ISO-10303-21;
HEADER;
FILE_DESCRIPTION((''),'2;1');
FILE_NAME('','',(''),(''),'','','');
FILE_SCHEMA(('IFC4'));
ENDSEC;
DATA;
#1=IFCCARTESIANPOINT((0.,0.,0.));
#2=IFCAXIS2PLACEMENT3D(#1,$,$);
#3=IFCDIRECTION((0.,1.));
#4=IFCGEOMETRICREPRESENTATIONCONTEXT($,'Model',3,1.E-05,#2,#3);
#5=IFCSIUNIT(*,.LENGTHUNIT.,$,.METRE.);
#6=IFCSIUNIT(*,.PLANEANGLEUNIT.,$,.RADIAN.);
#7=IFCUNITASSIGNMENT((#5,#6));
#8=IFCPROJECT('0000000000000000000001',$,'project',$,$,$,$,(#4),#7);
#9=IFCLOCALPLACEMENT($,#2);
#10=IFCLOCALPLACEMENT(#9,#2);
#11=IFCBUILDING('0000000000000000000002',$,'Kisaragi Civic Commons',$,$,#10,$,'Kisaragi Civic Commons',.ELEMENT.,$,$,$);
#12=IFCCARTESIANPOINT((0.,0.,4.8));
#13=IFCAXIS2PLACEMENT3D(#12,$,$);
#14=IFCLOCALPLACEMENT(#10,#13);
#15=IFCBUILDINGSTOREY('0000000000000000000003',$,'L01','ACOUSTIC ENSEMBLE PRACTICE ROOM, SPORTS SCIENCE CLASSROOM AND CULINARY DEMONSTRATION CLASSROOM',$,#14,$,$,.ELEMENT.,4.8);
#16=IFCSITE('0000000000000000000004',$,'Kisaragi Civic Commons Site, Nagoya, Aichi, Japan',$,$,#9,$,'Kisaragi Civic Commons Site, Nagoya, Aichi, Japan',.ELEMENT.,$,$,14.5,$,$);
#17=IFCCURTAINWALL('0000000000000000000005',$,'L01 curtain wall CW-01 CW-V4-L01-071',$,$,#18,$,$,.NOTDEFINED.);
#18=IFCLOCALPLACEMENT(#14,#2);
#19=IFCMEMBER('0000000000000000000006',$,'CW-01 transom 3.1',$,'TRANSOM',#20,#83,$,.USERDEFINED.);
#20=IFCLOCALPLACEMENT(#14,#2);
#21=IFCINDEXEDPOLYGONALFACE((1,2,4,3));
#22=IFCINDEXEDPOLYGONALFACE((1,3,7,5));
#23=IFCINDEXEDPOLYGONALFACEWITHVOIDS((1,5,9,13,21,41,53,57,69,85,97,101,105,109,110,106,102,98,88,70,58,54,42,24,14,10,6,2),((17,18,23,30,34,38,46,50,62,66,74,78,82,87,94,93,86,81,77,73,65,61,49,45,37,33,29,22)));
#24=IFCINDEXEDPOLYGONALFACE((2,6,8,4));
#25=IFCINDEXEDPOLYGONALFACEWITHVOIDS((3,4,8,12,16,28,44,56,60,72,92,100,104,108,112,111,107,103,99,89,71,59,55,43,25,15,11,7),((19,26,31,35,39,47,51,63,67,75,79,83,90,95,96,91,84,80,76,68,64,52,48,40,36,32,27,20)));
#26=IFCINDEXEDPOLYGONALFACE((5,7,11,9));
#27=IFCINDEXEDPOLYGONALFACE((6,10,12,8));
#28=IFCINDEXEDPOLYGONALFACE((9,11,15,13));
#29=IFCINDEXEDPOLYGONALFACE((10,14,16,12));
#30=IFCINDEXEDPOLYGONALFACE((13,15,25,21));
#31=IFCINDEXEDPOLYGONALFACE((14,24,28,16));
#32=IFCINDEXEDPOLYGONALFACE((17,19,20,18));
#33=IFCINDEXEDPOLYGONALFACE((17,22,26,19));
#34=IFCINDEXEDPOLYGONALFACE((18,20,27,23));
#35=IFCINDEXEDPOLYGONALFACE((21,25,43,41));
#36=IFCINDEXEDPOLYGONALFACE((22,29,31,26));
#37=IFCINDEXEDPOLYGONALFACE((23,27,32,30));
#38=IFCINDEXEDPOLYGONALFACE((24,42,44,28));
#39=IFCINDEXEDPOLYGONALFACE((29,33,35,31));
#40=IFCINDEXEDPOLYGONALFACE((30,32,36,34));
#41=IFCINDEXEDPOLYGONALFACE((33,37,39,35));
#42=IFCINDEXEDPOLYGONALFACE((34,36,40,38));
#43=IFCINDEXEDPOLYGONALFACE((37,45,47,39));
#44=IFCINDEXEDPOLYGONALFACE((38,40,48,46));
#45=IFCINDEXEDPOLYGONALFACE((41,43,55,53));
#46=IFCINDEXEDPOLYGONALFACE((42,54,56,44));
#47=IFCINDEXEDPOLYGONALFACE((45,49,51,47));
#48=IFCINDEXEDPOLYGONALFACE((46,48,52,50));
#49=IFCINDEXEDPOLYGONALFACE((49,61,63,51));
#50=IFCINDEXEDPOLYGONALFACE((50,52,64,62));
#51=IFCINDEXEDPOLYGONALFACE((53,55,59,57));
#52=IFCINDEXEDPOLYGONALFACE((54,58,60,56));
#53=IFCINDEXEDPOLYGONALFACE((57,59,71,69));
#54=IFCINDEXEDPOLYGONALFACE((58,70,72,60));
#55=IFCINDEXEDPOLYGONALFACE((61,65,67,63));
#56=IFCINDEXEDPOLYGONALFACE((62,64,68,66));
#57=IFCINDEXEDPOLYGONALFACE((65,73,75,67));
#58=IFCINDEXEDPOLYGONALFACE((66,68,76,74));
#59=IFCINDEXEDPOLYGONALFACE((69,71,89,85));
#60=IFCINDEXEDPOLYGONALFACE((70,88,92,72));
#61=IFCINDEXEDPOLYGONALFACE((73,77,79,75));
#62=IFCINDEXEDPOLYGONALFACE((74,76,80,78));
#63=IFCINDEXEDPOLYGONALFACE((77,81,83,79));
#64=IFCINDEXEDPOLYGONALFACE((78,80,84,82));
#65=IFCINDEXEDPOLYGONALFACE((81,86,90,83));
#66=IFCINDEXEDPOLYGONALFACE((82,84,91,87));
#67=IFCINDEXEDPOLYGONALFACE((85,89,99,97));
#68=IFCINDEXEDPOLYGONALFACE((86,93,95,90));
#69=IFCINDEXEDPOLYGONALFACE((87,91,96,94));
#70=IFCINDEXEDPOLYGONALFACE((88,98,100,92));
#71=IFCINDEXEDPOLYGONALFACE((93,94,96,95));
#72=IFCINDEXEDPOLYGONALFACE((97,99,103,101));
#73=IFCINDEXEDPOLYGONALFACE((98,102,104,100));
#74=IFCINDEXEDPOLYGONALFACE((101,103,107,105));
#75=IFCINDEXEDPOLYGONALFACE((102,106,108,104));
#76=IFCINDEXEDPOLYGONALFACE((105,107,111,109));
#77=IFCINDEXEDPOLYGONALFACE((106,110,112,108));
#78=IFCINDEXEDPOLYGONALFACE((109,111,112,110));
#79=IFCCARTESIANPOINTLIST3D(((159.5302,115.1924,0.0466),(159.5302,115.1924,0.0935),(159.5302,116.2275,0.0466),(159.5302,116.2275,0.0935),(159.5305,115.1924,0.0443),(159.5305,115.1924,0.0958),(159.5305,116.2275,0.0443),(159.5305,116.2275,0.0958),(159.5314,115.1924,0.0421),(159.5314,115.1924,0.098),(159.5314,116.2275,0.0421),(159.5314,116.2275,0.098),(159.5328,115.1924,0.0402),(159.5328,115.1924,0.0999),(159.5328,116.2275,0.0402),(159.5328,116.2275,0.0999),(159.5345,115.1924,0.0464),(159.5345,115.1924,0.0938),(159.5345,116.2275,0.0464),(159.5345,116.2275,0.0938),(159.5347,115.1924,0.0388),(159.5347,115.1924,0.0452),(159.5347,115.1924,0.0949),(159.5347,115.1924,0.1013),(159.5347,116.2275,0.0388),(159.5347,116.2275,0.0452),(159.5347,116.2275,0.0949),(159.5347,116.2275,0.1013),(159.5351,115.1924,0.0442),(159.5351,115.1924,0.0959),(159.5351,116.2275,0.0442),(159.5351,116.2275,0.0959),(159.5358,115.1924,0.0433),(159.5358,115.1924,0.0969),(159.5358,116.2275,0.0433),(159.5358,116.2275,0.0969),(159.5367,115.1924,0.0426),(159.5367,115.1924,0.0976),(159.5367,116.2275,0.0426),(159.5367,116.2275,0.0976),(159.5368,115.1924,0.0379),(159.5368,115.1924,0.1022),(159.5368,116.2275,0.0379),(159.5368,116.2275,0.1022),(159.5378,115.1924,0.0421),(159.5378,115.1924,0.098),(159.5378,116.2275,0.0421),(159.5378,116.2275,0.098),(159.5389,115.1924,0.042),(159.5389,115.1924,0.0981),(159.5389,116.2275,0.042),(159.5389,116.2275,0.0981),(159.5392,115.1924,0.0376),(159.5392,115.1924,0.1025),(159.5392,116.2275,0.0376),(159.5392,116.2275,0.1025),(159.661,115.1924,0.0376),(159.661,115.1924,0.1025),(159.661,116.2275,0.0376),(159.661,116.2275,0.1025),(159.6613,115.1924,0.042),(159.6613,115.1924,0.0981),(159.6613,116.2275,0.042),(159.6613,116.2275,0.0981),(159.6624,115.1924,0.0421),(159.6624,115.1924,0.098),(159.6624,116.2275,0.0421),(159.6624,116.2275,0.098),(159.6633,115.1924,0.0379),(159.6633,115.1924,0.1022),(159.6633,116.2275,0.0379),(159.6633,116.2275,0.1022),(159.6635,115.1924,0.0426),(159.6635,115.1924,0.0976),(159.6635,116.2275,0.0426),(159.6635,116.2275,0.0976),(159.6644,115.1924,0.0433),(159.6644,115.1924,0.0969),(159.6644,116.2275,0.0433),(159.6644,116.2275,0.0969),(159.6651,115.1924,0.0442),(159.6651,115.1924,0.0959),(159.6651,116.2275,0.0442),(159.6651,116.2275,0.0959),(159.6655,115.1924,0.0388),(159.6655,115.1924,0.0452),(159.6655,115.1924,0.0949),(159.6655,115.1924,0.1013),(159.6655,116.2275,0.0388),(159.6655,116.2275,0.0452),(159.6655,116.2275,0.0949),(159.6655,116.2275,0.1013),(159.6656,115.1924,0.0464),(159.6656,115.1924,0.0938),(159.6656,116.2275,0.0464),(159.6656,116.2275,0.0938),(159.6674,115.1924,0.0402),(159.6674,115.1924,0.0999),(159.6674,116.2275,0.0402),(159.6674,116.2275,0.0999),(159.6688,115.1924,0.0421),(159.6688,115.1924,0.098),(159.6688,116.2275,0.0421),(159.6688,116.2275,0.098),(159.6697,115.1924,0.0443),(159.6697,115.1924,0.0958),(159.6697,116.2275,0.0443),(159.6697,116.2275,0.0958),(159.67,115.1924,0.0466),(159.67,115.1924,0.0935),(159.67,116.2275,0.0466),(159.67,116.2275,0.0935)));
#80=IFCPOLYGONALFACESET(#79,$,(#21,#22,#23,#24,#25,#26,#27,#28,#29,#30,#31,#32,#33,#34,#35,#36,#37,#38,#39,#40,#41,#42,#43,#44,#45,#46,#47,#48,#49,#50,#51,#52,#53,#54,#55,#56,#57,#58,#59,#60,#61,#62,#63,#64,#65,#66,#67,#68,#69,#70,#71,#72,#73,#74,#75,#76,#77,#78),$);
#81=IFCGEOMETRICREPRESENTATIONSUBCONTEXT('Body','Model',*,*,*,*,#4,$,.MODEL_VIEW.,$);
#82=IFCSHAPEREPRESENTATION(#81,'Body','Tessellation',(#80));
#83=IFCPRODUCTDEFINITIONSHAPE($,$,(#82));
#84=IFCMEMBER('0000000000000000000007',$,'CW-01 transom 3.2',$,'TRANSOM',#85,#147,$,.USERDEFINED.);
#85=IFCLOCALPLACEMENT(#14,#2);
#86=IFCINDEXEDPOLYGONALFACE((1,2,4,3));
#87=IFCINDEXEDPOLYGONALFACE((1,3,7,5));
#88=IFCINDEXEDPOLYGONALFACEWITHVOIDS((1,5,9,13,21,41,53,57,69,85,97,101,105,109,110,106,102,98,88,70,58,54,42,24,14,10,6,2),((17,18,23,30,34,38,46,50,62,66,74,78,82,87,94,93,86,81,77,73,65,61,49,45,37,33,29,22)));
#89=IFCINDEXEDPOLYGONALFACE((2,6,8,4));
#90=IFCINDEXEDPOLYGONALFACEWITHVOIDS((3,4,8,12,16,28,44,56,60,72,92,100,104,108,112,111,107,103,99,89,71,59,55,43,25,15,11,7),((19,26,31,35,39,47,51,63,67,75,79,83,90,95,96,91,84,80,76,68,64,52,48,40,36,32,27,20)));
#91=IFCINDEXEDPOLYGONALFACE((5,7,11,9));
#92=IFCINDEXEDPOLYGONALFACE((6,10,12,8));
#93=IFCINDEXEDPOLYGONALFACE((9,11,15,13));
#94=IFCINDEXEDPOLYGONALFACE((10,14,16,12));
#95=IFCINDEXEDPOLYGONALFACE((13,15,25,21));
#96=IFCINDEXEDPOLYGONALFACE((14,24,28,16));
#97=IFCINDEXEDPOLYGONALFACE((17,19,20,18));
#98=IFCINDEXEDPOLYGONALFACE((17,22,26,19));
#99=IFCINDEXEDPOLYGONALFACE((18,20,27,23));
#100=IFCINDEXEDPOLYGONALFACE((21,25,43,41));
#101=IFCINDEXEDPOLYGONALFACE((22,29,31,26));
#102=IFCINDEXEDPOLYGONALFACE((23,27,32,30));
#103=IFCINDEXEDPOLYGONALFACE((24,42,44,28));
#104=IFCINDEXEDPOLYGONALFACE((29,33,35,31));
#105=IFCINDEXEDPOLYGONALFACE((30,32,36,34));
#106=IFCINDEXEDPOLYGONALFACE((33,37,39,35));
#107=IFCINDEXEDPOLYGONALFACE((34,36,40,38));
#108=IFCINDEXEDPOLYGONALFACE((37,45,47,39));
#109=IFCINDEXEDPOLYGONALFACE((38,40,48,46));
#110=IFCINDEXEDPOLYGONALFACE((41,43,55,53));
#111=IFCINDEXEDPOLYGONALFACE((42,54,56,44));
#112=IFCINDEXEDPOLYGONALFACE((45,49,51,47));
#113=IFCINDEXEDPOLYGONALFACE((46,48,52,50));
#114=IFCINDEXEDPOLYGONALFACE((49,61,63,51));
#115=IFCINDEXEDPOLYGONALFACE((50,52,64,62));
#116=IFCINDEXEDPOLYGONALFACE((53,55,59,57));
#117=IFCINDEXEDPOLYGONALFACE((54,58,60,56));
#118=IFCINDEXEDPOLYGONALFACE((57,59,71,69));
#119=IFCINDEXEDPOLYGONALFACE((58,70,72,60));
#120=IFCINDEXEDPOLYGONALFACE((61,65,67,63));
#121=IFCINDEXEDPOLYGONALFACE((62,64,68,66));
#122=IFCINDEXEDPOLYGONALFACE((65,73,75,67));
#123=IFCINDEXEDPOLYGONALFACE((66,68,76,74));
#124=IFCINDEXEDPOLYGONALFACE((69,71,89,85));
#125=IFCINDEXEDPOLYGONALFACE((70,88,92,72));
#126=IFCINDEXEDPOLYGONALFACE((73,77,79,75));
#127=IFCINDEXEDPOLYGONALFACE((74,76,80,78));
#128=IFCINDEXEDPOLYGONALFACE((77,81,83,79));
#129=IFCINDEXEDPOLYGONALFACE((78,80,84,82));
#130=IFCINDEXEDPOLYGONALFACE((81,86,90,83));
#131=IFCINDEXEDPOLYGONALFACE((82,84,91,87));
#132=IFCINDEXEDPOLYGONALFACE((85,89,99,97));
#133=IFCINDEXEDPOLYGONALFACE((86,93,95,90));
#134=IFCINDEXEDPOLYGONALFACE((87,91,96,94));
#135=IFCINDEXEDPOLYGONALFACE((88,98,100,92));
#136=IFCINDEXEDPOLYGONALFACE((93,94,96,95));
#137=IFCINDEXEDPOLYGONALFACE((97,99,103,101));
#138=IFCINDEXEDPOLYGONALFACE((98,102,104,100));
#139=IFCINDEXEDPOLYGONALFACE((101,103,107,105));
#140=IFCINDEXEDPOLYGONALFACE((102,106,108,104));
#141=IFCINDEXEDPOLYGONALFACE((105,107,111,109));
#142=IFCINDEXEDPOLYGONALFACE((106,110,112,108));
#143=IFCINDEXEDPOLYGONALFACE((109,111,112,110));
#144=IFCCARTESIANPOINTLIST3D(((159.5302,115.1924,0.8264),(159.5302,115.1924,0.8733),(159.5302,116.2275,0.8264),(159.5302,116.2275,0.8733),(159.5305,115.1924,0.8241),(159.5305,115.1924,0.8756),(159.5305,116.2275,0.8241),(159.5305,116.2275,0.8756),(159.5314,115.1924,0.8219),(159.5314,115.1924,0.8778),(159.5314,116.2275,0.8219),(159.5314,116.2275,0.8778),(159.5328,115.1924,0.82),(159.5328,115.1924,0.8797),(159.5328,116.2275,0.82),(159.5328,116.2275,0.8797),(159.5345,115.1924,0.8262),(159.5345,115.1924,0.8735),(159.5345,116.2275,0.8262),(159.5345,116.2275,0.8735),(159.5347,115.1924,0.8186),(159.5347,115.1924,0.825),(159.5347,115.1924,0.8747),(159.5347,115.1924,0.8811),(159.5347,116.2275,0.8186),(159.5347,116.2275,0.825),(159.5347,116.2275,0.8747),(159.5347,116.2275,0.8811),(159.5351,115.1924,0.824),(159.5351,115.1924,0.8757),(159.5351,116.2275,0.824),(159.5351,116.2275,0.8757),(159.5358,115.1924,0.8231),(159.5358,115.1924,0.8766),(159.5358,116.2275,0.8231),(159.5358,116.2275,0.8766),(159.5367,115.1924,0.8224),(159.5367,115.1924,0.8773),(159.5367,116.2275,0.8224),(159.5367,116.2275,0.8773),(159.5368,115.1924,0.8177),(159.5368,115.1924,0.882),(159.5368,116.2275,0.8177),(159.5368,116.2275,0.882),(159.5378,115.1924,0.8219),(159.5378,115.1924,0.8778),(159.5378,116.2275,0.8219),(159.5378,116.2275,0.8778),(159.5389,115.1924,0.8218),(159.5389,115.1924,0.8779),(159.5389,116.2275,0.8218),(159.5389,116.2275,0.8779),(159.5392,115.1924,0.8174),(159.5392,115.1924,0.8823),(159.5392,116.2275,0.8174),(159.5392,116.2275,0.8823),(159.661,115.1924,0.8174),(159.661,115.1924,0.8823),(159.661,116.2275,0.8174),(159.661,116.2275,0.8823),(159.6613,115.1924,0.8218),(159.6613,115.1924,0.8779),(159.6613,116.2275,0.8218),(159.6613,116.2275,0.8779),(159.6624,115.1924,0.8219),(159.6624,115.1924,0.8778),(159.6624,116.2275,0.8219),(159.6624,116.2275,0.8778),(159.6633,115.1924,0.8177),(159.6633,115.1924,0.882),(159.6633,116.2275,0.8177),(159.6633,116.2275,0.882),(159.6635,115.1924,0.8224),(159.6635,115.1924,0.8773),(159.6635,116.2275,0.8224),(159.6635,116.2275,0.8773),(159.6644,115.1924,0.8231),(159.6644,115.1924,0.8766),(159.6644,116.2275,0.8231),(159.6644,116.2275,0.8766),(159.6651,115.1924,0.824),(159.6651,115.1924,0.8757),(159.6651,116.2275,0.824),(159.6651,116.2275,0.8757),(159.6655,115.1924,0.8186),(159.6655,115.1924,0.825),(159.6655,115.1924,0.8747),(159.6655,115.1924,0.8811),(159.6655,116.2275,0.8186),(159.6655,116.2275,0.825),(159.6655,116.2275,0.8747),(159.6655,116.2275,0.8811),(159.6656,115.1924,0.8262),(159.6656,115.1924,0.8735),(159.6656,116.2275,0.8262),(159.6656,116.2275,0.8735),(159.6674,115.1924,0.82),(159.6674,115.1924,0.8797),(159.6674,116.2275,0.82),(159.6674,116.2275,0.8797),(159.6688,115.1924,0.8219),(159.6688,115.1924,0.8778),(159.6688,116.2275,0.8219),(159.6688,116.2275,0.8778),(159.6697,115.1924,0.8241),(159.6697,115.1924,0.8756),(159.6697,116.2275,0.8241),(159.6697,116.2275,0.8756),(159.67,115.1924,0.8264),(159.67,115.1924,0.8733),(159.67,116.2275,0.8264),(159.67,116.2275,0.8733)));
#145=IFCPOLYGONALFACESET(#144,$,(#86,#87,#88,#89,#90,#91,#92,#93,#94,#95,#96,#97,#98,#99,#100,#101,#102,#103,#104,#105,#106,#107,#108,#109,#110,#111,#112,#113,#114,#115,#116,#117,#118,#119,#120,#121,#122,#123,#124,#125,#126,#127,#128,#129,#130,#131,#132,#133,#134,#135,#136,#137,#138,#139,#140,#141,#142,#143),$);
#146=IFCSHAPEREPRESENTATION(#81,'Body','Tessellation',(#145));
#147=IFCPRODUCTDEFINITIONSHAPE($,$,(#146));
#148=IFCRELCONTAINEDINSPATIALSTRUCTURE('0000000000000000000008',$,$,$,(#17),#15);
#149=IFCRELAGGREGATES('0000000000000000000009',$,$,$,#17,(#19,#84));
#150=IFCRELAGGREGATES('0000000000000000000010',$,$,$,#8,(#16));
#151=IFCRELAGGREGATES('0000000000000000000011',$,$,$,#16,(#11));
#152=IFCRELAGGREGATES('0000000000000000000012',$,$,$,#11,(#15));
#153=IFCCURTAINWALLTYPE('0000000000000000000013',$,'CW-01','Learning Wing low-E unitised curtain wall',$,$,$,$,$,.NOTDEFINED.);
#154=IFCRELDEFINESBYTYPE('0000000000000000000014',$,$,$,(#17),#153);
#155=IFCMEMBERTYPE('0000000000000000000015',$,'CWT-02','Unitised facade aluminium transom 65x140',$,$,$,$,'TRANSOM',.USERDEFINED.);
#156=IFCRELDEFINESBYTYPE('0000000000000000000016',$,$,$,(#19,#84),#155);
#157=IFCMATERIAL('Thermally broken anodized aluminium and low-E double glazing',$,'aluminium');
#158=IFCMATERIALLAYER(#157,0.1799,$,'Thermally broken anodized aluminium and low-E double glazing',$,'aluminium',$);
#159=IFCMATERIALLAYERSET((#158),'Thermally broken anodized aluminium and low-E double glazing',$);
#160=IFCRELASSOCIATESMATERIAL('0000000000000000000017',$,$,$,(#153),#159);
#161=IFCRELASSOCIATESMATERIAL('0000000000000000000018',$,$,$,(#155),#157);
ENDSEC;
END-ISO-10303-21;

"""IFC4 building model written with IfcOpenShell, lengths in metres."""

from ifc_helpers import new_model, si_unit, direction, frame, origin, origin_2d, place, context, subcontext, project, spatial, hollow_rectangle, extrude, material, layer, layer_set, material_profile, profile_set, type_object, element, aggregate, save


model = new_model("IFC4")

# Units and contexts
model_context = context("Model", 3, precision=1e-05, world=origin(), true_north=direction((0.0, 1.0)))
body_context = subcontext(model_context, "Body", "Model", "MODEL_VIEW")
ifc_project = project(units=[si_unit("LENGTHUNIT", "METRE"), si_unit("PLANEANGLEUNIT", "RADIAN")], contexts=[model_context])

# Site, building, storey
site_placement = place(None, origin())
site = spatial("IfcSite", under=ifc_project, at=site_placement, Name="Kisaragi Civic Commons Site, Nagoya, Aichi, Japan", LongName="Kisaragi Civic Commons Site, Nagoya, Aichi, Japan", CompositionType="ELEMENT", RefElevation=14.5)
building_placement = place(site_placement, origin())
building = spatial("IfcBuilding", under=site, at=building_placement, Name="Kisaragi Civic Commons", LongName="Kisaragi Civic Commons", CompositionType="ELEMENT")
storey_placement = place(building_placement, frame((0.0, 0.0, 4.8)))
storey = spatial("IfcBuildingStorey", under=building, at=storey_placement, Name="L01", Description="ACOUSTIC ENSEMBLE PRACTICE ROOM, SPORTS SCIENCE CLASSROOM AND CULINARY DEMONSTRATION CLASSROOM", CompositionType="ELEMENT", Elevation=4.8)

# Curtain wall, members
ifc_material_1 = material(Name="Thermally broken anodized aluminium and low-E double glazing", Category="aluminium")
ifc_layer_1 = layer(ifc_material_1, 0.1799, Name="Thermally broken anodized aluminium and low-E double glazing", Category="aluminium")
ifc_layer_set_1 = layer_set([ifc_layer_1], Name="Thermally broken anodized aluminium and low-E double glazing")
curtain_wall_type = type_object("IfcCurtainWallType", Name="CW-01", Description="Learning Wing low-E unitised curtain wall", PredefinedType="NOTDEFINED", material=ifc_layer_set_1)
curtain_wall_placement = place(storey_placement, origin())
curtain_wall = element("IfcCurtainWall", 1, at=curtain_wall_placement, inside=storey, type_object=curtain_wall_type, Name="L01 curtain wall CW-01 CW-V4-L01-071", PredefinedType="NOTDEFINED")
ifc_material_profile_1 = material_profile(ifc_material_1, hollow_rectangle(XDim=0.1399, YDim=0.0649, WallThickness=0.0044, InnerFilletRadius=0.0044, OuterFilletRadius=0.009, at=origin_2d()), Name="CWT-65x140x4.5", Category="aluminium")
ifc_profile_set_1 = profile_set([ifc_material_profile_1], Name="Thermally broken anodized aluminium and low-E double glazing")
member_type_1 = type_object("IfcMemberType", Name="CWT-02", Description="Unitised facade aluminium transom 65x140", ElementType="TRANSOM", PredefinedType="USERDEFINED", material=ifc_profile_set_1)
member_1_placement = place(storey_placement, frame((159.6001, 116.2275, 0.0701), z_axis=(0.0, -1.0, 0.0), x_axis=(1.0, 0.0, 0.0)))
member_1 = element("IfcMember", 2, at=member_1_placement, type_object=member_type_1, Name="CW-01 transom 3.1", ObjectType="TRANSOM", PredefinedType="USERDEFINED", context=body_context, shape_type="SweptSolid", body=[
    extrude(hollow_rectangle(XDim=0.1399, YDim=0.0649, WallThickness=0.0044, InnerFilletRadius=0.0044, OuterFilletRadius=0.009, at=origin_2d()), origin(), (0.0, 0.0, 1.0), 1.0352),
])
member_2_placement = place(storey_placement, frame((159.6001, 116.2275, 0.8499), z_axis=(0.0, -1.0, 0.0), x_axis=(1.0, 0.0, 0.0)))
member_2 = element("IfcMember", 3, at=member_2_placement, type_object=member_type_1, Name="CW-01 transom 3.2", ObjectType="TRANSOM", PredefinedType="USERDEFINED", context=body_context, shape_type="SweptSolid", body=[
    extrude(hollow_rectangle(XDim=0.1399, YDim=0.0649, WallThickness=0.0044, InnerFilletRadius=0.0044, OuterFilletRadius=0.009, at=origin_2d()), origin(), (0.0, 0.0, 1.0), 1.0352),
])
aggregate(curtain_wall, [member_1, member_2])

save(model, "model.ifc")
